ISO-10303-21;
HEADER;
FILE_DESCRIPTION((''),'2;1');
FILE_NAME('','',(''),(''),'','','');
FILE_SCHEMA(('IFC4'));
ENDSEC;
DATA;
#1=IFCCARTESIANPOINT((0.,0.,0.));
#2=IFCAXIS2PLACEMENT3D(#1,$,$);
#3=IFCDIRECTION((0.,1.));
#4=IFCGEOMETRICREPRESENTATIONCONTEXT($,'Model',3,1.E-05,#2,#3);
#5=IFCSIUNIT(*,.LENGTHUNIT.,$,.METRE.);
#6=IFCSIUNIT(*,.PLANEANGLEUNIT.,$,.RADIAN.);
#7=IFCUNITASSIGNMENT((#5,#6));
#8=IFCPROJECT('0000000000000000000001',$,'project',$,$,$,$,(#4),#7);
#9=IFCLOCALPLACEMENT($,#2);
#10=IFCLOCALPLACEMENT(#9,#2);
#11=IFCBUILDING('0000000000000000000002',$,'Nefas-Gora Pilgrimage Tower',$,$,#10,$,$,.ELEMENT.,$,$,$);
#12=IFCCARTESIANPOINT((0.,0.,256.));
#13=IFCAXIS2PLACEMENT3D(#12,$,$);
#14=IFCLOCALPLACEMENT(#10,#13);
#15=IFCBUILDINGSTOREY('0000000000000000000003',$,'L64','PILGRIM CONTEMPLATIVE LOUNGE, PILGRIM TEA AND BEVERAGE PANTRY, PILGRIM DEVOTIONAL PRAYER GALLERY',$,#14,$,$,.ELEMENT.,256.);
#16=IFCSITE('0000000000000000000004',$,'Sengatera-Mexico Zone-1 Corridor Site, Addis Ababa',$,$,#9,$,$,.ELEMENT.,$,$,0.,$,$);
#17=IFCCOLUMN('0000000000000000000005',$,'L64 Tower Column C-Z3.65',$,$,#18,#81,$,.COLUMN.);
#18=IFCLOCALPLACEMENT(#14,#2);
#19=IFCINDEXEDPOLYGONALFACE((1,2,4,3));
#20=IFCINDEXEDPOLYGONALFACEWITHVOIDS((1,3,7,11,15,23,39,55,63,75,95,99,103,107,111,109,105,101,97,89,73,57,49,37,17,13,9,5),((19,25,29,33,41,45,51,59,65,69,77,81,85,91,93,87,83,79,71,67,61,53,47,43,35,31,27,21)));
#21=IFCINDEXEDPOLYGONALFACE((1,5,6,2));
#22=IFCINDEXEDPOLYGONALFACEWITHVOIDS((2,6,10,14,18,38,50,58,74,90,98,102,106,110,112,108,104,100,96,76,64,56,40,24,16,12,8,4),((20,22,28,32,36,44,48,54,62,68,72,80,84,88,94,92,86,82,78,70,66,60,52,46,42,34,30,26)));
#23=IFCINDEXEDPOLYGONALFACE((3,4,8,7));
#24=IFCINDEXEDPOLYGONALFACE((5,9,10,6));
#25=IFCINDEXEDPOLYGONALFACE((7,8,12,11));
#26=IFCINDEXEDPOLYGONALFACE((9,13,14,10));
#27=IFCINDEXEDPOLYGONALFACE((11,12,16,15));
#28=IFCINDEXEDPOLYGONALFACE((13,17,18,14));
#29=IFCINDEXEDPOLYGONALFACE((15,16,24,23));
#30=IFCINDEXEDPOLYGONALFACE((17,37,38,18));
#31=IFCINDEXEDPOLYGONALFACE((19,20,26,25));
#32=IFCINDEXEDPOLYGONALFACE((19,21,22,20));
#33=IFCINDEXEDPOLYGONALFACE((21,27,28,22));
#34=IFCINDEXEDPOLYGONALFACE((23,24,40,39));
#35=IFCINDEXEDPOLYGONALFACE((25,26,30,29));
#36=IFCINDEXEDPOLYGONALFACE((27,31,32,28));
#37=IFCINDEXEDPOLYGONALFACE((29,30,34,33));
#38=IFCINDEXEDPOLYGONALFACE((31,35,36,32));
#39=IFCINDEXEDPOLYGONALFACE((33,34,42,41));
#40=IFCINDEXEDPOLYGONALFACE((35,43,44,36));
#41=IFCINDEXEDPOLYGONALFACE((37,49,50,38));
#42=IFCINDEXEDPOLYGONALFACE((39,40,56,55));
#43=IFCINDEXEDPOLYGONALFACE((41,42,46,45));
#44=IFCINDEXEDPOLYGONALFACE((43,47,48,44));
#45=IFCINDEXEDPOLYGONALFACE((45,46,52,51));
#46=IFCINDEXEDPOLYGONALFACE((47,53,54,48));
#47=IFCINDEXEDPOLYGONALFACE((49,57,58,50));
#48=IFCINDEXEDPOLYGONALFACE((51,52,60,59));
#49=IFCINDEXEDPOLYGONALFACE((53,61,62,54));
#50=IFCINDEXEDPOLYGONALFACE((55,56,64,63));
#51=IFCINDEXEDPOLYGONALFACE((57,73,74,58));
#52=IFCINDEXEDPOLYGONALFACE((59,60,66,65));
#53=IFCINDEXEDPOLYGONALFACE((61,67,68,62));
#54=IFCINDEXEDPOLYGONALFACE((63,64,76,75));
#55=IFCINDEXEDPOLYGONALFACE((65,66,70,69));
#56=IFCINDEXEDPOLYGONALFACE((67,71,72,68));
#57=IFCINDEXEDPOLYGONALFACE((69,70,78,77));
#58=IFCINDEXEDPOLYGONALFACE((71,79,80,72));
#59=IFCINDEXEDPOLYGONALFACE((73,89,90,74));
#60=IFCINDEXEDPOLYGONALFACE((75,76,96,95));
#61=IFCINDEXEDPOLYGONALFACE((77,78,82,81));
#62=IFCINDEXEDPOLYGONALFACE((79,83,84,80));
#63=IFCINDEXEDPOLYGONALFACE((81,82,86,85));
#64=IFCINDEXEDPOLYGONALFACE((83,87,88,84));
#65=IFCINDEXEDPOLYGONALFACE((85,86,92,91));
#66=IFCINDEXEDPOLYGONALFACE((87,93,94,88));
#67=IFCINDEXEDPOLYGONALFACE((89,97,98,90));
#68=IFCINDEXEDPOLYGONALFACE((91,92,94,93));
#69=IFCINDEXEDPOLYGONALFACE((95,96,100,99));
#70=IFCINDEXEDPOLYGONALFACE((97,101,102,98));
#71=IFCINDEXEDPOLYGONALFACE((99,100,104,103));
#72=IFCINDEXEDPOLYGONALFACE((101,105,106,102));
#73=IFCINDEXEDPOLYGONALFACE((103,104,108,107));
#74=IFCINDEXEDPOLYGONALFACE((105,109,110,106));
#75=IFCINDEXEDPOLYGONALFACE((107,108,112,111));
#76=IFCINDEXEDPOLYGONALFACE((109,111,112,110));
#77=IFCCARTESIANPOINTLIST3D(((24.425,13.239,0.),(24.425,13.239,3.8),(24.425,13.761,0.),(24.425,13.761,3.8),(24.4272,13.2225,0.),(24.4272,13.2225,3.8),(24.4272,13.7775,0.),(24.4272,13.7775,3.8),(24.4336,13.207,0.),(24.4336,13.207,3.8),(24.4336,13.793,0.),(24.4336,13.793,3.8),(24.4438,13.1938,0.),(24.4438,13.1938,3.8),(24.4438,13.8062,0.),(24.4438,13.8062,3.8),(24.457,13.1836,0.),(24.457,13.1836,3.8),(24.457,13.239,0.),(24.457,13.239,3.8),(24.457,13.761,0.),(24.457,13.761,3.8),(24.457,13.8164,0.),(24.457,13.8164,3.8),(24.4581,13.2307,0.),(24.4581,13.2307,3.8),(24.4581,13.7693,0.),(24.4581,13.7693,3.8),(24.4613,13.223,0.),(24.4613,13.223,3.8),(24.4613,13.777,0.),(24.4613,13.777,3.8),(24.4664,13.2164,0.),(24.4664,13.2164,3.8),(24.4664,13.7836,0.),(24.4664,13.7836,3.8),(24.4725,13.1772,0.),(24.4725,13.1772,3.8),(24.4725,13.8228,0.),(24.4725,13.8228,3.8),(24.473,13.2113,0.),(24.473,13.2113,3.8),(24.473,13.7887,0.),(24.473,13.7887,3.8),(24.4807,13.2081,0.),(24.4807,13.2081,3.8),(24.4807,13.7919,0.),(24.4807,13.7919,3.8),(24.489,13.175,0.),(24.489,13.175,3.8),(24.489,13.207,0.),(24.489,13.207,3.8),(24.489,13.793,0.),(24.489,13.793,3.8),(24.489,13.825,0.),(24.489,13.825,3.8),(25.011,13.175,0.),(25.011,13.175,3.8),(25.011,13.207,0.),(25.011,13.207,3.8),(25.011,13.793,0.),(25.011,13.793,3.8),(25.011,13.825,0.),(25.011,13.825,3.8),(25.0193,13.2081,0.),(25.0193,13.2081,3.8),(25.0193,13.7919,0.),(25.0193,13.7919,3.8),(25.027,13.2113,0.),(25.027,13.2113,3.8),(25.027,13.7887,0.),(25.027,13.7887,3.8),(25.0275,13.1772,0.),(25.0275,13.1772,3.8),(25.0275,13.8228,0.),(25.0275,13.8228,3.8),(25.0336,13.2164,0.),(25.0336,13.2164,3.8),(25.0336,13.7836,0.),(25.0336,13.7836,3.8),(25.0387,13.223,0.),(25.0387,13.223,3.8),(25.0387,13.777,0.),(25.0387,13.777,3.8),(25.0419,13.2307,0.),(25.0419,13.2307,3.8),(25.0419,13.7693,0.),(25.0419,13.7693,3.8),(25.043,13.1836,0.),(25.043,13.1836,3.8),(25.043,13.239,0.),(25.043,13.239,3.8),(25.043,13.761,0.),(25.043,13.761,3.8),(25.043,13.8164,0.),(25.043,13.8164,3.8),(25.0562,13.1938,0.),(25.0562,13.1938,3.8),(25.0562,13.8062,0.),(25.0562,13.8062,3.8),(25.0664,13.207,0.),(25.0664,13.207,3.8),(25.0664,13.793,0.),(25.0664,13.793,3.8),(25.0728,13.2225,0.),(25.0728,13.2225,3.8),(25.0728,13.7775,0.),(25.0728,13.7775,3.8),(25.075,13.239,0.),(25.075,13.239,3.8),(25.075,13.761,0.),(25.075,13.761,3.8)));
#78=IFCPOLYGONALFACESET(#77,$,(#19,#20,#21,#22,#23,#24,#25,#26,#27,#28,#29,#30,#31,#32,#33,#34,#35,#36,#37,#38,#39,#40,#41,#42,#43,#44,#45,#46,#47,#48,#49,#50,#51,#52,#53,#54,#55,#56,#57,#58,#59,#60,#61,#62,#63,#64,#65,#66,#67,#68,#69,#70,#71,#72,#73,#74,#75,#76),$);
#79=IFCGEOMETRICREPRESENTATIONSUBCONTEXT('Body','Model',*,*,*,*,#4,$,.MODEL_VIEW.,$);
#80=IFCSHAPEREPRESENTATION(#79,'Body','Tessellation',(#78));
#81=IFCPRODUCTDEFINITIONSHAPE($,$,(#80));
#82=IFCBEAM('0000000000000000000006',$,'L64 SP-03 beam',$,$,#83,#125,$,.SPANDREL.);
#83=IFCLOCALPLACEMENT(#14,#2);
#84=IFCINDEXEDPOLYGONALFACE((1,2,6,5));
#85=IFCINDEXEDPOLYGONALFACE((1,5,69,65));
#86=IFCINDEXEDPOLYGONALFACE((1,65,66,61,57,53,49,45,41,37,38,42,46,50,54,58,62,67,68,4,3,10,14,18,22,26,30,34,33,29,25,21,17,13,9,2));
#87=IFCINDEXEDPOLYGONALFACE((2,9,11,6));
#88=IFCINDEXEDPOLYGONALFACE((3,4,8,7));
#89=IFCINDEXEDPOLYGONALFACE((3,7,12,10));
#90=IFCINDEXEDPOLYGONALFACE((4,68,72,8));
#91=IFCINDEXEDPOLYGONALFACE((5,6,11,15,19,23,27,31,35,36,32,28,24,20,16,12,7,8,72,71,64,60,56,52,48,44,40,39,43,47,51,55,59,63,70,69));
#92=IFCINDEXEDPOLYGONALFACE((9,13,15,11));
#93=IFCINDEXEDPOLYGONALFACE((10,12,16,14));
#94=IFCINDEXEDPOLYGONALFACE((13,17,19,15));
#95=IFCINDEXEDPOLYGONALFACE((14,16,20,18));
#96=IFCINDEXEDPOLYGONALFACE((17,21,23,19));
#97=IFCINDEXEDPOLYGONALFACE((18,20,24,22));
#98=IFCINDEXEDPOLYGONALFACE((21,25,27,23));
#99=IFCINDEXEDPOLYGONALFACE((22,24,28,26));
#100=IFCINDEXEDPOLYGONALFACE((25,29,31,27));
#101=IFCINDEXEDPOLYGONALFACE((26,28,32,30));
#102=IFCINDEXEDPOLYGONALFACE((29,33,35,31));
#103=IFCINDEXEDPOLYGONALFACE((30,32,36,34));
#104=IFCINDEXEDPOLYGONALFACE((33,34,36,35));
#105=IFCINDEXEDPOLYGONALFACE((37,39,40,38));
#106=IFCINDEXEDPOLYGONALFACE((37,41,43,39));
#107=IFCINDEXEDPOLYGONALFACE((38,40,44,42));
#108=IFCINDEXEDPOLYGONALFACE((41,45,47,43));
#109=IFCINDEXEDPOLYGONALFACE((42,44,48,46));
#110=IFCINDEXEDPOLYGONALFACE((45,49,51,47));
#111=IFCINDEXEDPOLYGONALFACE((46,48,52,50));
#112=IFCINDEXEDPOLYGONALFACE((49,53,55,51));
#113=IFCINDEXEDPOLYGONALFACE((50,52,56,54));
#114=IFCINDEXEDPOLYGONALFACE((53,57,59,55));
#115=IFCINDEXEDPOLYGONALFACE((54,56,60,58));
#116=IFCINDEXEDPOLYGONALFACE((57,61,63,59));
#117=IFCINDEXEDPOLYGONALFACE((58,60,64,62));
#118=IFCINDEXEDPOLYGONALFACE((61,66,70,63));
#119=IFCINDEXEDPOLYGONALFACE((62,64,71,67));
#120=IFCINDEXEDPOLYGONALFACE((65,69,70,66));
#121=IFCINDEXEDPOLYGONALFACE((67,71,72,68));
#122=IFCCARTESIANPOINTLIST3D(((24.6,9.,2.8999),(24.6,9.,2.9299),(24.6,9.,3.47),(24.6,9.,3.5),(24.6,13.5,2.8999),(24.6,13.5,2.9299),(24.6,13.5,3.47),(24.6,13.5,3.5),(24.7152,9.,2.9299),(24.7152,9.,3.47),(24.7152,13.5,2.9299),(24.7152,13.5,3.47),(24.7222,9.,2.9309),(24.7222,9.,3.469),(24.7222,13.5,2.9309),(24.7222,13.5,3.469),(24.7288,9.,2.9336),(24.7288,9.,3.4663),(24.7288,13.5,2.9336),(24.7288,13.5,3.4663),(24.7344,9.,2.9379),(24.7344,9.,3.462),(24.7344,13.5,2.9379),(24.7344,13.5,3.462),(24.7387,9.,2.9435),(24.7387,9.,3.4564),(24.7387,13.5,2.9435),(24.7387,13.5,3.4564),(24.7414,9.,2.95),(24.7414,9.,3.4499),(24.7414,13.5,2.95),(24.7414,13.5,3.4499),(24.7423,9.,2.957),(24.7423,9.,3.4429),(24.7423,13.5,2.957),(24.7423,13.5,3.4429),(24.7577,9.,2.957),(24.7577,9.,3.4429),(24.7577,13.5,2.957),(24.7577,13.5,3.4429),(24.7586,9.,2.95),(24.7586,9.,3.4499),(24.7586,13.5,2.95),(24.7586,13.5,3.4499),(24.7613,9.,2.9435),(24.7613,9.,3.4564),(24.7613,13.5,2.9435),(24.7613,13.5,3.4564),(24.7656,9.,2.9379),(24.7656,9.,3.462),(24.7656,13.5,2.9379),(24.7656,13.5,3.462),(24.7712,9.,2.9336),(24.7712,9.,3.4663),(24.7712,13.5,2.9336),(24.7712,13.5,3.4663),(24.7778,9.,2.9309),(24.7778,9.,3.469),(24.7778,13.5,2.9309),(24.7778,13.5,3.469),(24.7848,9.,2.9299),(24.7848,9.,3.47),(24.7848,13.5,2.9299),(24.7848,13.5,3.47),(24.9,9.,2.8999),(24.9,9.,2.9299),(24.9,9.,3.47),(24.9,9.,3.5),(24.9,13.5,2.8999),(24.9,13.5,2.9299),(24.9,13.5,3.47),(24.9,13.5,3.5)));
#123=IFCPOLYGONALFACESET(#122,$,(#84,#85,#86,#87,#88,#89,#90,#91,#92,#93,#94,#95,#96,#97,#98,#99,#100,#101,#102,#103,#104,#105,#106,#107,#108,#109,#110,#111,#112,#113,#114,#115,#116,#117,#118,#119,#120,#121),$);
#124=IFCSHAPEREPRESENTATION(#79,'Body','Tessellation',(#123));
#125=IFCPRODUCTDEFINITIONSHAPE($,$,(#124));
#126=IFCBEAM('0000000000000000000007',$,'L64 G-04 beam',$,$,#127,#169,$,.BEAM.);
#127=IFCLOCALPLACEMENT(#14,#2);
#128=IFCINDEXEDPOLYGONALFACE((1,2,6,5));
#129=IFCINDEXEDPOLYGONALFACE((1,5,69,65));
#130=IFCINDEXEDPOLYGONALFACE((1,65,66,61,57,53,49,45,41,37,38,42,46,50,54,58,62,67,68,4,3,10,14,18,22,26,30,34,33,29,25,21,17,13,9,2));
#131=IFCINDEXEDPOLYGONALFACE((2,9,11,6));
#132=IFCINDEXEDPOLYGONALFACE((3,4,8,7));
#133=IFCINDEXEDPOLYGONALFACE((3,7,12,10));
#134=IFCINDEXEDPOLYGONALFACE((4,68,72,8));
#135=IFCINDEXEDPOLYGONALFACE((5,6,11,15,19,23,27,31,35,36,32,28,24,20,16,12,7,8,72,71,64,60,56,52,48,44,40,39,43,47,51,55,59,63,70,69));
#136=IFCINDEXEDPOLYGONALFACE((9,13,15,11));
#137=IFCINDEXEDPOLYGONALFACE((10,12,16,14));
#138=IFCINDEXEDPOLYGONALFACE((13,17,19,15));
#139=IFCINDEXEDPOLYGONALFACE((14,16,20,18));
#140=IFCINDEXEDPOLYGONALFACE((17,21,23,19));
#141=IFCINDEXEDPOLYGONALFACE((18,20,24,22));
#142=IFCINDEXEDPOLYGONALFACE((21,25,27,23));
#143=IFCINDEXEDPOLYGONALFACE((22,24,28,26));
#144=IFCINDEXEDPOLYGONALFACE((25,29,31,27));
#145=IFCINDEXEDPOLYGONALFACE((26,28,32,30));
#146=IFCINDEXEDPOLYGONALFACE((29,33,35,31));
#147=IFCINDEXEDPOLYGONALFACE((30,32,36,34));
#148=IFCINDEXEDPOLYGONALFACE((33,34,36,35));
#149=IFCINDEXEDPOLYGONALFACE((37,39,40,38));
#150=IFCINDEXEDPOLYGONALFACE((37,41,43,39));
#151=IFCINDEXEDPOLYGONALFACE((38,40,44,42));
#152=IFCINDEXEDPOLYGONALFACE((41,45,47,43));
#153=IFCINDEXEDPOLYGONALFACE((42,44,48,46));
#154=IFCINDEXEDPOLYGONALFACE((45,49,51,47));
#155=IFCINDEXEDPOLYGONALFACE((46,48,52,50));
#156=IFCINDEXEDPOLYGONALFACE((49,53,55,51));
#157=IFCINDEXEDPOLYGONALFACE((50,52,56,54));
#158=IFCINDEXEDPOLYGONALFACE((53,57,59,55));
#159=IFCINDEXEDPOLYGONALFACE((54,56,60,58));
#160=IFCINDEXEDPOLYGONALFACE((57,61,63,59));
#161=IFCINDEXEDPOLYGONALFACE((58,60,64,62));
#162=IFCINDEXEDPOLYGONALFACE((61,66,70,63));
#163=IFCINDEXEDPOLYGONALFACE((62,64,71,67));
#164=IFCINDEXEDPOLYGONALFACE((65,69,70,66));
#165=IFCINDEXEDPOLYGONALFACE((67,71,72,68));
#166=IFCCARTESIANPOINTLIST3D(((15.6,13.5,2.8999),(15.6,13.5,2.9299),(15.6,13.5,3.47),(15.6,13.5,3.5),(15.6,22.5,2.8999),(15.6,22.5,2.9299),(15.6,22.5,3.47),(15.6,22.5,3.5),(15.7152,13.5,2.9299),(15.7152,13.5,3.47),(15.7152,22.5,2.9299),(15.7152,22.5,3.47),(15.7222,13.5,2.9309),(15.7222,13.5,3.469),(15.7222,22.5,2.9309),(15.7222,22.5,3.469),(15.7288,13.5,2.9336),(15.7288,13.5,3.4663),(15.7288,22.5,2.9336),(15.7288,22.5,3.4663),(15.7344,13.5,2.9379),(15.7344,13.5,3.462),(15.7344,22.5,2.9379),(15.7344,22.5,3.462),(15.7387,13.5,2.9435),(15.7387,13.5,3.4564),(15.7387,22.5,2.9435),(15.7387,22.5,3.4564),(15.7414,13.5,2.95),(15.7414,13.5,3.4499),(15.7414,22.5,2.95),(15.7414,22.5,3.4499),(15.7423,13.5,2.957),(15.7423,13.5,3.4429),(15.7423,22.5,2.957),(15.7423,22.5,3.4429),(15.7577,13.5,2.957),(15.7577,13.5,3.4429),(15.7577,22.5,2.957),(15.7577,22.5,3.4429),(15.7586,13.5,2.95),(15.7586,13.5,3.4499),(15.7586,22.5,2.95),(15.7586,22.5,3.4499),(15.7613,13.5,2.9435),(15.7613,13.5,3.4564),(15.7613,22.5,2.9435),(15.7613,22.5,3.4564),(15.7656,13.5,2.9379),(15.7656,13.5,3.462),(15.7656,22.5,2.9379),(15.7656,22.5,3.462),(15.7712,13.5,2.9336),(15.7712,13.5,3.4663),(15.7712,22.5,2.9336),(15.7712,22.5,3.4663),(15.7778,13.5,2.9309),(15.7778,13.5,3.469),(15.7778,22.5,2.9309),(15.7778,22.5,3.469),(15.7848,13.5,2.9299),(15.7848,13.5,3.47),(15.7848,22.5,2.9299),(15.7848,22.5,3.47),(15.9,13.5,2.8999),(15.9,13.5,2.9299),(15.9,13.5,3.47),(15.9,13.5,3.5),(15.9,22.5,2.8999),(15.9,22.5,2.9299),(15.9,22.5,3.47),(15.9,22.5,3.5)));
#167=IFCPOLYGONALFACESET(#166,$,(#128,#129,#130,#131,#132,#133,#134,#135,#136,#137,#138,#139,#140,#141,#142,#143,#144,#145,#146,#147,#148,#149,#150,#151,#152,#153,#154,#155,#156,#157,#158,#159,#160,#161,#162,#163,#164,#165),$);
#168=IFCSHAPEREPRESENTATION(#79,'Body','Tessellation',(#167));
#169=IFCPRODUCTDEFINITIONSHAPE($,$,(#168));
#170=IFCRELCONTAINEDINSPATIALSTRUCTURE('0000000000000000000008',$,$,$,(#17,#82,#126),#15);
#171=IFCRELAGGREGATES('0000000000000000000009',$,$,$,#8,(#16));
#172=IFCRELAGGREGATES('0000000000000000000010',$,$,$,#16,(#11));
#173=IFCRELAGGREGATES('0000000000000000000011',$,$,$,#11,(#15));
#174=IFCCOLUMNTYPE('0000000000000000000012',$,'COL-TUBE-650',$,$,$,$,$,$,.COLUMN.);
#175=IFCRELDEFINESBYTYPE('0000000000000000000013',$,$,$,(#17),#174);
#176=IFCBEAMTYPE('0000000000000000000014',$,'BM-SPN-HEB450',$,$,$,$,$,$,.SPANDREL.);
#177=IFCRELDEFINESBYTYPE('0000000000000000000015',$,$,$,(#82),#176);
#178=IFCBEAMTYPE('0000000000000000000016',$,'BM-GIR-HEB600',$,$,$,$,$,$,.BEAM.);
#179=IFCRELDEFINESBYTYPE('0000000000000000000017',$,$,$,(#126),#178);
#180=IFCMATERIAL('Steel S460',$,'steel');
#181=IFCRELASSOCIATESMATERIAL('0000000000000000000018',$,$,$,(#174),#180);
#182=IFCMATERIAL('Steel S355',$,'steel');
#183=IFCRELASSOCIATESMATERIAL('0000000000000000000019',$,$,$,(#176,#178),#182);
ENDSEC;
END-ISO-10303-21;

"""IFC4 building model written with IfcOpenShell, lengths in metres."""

from ifc_helpers import new_model, si_unit, direction, frame, origin, origin_2d, place, context, subcontext, project, spatial, hollow_rectangle, i_section, extrude, source, transform, mapped, material, material_profile, profile_set, type_object, element, save


model = new_model("IFC4")

# Units and contexts
model_context = context("Model", 3, precision=1e-05, world=origin(), true_north=direction((0.0, 1.0)))
body_context = subcontext(model_context, "Body", "Model", "MODEL_VIEW")
ifc_project = project(units=[si_unit("LENGTHUNIT", "METRE"), si_unit("PLANEANGLEUNIT", "RADIAN")], contexts=[model_context])

# Site, building, storey
site_placement = place(None, origin())
site = spatial("IfcSite", under=ifc_project, at=site_placement, Name="Sengatera-Mexico Zone-1 Corridor Site, Addis Ababa", CompositionType="ELEMENT", RefElevation=0.0)
building_placement = place(site_placement, origin())
building = spatial("IfcBuilding", under=site, at=building_placement, Name="Nefas-Gora Pilgrimage Tower", CompositionType="ELEMENT")
storey_placement = place(building_placement, frame((0.0, 0.0, 256.0)))
storey = spatial("IfcBuildingStorey", under=building, at=storey_placement, Name="L64", Description="PILGRIM CONTEMPLATIVE LOUNGE, PILGRIM TEA AND BEVERAGE PANTRY, PILGRIM DEVOTIONAL PRAYER GALLERY", CompositionType="ELEMENT", Elevation=256.0)

# Column
ifc_material_1 = material(Name="Steel S460", Category="steel")
ifc_material_profile_1 = material_profile(ifc_material_1, hollow_rectangle(XDim=0.6499, YDim=0.6499, WallThickness=0.032, InnerFilletRadius=0.032, OuterFilletRadius=0.064, at=origin_2d()), Name="BOX 650x650x32")
ifc_profile_set_1 = profile_set([ifc_material_profile_1], Name="Steel S460")
column_type_1 = type_object("IfcColumnType", Name="COL-TUBE-650", PredefinedType="COLUMN", material=ifc_profile_set_1)
shared_shape_1 = source(origin(), body_context, "Body", "SweptSolid", [
    extrude(hollow_rectangle(XDim=0.6499, YDim=0.6499, WallThickness=0.032, InnerFilletRadius=0.032, OuterFilletRadius=0.064, at=origin_2d()), origin(), (0.0, 0.0, 1.0), 3.8),
])
for number, where, z_axis, x_axis, name in (
    (1, (24.75, 13.5, 0.0), (0.0, 0.0, 1.0), (1.0, 0.0, 0.0), "L64 Tower Column C-Z3.65"),
):
    element("IfcColumn", number, at=place(storey_placement, frame(where, z_axis=z_axis, x_axis=x_axis)), inside=storey, type_object=column_type_1, Name=name, PredefinedType="COLUMN", context=body_context, shape_type="MappedRepresentation", body=[
        mapped(shared_shape_1, transform((0.0, 0.0, 0.0), x_axis=(1.0, 0.0, 0.0), y_axis=(0.0, 1.0, 0.0), z_axis=(0.0, 0.0, 1.0), scale=1.0)),
    ])

# Beams
ifc_material_2 = material(Name="Steel S355", Category="steel")
ifc_material_profile_2 = material_profile(ifc_material_2, i_section(OverallWidth=0.3, OverallDepth=0.6001, WebThickness=0.0154, FlangeThickness=0.03, FilletRadius=0.0271, at=origin_2d()), Name="HEB 600")
ifc_profile_set_2 = profile_set([ifc_material_profile_2], Name="Steel S355")
beam_type_1 = type_object("IfcBeamType", Name="BM-SPN-HEB450", PredefinedType="SPANDREL", material=ifc_profile_set_2)
shared_shape_2 = source(origin(), body_context, "Body", "SweptSolid", [
    extrude(i_section(OverallWidth=0.3, OverallDepth=0.6001, WebThickness=0.0154, FlangeThickness=0.03, FilletRadius=0.0271, at=origin_2d()), origin(), (0.0, 0.0, 1.0), 4.5),
])
beam_1_placement = place(storey_placement, frame((24.75, 9.0, 3.2), z_axis=(0.0, 1.0, 0.0), x_axis=(-1.0, 0.0, 0.0)))
element("IfcBeam", 2, at=beam_1_placement, inside=storey, type_object=beam_type_1, Name="L64 SP-03 beam", PredefinedType="SPANDREL", context=body_context, shape_type="MappedRepresentation", body=[
    mapped(shared_shape_2, transform((0.0, 0.0, 0.0), x_axis=(1.0, 0.0, 0.0), y_axis=(0.0, 1.0, 0.0), z_axis=(0.0, 0.0, 1.0), scale=1.0)),
])
ifc_material_profile_3 = material_profile(ifc_material_2, i_section(OverallWidth=0.3, OverallDepth=0.6001, WebThickness=0.0154, FlangeThickness=0.03, FilletRadius=0.0271, at=origin_2d()), Name="HEB 600")
ifc_profile_set_3 = profile_set([ifc_material_profile_3], Name="Steel S355")
beam_type_2 = type_object("IfcBeamType", Name="BM-GIR-HEB600", PredefinedType="BEAM", material=ifc_profile_set_3)
shared_shape_3 = source(origin(), body_context, "Body", "SweptSolid", [
    extrude(i_section(OverallWidth=0.3, OverallDepth=0.6001, WebThickness=0.0154, FlangeThickness=0.03, FilletRadius=0.0271, at=origin_2d()), origin(), (0.0, 0.0, 1.0), 9.0),
])
beam_2_placement = place(storey_placement, frame((15.75, 13.5, 3.2), z_axis=(0.0, 1.0, 0.0), x_axis=(-1.0, 0.0, 0.0)))
element("IfcBeam", 3, at=beam_2_placement, inside=storey, type_object=beam_type_2, Name="L64 G-04 beam", PredefinedType="BEAM", context=body_context, shape_type="MappedRepresentation", body=[
    mapped(shared_shape_3, transform((0.0, 0.0, 0.0), x_axis=(1.0, 0.0, 0.0), y_axis=(0.0, 1.0, 0.0), z_axis=(0.0, 0.0, 1.0), scale=1.0)),
])

save(model, "model.ifc")
